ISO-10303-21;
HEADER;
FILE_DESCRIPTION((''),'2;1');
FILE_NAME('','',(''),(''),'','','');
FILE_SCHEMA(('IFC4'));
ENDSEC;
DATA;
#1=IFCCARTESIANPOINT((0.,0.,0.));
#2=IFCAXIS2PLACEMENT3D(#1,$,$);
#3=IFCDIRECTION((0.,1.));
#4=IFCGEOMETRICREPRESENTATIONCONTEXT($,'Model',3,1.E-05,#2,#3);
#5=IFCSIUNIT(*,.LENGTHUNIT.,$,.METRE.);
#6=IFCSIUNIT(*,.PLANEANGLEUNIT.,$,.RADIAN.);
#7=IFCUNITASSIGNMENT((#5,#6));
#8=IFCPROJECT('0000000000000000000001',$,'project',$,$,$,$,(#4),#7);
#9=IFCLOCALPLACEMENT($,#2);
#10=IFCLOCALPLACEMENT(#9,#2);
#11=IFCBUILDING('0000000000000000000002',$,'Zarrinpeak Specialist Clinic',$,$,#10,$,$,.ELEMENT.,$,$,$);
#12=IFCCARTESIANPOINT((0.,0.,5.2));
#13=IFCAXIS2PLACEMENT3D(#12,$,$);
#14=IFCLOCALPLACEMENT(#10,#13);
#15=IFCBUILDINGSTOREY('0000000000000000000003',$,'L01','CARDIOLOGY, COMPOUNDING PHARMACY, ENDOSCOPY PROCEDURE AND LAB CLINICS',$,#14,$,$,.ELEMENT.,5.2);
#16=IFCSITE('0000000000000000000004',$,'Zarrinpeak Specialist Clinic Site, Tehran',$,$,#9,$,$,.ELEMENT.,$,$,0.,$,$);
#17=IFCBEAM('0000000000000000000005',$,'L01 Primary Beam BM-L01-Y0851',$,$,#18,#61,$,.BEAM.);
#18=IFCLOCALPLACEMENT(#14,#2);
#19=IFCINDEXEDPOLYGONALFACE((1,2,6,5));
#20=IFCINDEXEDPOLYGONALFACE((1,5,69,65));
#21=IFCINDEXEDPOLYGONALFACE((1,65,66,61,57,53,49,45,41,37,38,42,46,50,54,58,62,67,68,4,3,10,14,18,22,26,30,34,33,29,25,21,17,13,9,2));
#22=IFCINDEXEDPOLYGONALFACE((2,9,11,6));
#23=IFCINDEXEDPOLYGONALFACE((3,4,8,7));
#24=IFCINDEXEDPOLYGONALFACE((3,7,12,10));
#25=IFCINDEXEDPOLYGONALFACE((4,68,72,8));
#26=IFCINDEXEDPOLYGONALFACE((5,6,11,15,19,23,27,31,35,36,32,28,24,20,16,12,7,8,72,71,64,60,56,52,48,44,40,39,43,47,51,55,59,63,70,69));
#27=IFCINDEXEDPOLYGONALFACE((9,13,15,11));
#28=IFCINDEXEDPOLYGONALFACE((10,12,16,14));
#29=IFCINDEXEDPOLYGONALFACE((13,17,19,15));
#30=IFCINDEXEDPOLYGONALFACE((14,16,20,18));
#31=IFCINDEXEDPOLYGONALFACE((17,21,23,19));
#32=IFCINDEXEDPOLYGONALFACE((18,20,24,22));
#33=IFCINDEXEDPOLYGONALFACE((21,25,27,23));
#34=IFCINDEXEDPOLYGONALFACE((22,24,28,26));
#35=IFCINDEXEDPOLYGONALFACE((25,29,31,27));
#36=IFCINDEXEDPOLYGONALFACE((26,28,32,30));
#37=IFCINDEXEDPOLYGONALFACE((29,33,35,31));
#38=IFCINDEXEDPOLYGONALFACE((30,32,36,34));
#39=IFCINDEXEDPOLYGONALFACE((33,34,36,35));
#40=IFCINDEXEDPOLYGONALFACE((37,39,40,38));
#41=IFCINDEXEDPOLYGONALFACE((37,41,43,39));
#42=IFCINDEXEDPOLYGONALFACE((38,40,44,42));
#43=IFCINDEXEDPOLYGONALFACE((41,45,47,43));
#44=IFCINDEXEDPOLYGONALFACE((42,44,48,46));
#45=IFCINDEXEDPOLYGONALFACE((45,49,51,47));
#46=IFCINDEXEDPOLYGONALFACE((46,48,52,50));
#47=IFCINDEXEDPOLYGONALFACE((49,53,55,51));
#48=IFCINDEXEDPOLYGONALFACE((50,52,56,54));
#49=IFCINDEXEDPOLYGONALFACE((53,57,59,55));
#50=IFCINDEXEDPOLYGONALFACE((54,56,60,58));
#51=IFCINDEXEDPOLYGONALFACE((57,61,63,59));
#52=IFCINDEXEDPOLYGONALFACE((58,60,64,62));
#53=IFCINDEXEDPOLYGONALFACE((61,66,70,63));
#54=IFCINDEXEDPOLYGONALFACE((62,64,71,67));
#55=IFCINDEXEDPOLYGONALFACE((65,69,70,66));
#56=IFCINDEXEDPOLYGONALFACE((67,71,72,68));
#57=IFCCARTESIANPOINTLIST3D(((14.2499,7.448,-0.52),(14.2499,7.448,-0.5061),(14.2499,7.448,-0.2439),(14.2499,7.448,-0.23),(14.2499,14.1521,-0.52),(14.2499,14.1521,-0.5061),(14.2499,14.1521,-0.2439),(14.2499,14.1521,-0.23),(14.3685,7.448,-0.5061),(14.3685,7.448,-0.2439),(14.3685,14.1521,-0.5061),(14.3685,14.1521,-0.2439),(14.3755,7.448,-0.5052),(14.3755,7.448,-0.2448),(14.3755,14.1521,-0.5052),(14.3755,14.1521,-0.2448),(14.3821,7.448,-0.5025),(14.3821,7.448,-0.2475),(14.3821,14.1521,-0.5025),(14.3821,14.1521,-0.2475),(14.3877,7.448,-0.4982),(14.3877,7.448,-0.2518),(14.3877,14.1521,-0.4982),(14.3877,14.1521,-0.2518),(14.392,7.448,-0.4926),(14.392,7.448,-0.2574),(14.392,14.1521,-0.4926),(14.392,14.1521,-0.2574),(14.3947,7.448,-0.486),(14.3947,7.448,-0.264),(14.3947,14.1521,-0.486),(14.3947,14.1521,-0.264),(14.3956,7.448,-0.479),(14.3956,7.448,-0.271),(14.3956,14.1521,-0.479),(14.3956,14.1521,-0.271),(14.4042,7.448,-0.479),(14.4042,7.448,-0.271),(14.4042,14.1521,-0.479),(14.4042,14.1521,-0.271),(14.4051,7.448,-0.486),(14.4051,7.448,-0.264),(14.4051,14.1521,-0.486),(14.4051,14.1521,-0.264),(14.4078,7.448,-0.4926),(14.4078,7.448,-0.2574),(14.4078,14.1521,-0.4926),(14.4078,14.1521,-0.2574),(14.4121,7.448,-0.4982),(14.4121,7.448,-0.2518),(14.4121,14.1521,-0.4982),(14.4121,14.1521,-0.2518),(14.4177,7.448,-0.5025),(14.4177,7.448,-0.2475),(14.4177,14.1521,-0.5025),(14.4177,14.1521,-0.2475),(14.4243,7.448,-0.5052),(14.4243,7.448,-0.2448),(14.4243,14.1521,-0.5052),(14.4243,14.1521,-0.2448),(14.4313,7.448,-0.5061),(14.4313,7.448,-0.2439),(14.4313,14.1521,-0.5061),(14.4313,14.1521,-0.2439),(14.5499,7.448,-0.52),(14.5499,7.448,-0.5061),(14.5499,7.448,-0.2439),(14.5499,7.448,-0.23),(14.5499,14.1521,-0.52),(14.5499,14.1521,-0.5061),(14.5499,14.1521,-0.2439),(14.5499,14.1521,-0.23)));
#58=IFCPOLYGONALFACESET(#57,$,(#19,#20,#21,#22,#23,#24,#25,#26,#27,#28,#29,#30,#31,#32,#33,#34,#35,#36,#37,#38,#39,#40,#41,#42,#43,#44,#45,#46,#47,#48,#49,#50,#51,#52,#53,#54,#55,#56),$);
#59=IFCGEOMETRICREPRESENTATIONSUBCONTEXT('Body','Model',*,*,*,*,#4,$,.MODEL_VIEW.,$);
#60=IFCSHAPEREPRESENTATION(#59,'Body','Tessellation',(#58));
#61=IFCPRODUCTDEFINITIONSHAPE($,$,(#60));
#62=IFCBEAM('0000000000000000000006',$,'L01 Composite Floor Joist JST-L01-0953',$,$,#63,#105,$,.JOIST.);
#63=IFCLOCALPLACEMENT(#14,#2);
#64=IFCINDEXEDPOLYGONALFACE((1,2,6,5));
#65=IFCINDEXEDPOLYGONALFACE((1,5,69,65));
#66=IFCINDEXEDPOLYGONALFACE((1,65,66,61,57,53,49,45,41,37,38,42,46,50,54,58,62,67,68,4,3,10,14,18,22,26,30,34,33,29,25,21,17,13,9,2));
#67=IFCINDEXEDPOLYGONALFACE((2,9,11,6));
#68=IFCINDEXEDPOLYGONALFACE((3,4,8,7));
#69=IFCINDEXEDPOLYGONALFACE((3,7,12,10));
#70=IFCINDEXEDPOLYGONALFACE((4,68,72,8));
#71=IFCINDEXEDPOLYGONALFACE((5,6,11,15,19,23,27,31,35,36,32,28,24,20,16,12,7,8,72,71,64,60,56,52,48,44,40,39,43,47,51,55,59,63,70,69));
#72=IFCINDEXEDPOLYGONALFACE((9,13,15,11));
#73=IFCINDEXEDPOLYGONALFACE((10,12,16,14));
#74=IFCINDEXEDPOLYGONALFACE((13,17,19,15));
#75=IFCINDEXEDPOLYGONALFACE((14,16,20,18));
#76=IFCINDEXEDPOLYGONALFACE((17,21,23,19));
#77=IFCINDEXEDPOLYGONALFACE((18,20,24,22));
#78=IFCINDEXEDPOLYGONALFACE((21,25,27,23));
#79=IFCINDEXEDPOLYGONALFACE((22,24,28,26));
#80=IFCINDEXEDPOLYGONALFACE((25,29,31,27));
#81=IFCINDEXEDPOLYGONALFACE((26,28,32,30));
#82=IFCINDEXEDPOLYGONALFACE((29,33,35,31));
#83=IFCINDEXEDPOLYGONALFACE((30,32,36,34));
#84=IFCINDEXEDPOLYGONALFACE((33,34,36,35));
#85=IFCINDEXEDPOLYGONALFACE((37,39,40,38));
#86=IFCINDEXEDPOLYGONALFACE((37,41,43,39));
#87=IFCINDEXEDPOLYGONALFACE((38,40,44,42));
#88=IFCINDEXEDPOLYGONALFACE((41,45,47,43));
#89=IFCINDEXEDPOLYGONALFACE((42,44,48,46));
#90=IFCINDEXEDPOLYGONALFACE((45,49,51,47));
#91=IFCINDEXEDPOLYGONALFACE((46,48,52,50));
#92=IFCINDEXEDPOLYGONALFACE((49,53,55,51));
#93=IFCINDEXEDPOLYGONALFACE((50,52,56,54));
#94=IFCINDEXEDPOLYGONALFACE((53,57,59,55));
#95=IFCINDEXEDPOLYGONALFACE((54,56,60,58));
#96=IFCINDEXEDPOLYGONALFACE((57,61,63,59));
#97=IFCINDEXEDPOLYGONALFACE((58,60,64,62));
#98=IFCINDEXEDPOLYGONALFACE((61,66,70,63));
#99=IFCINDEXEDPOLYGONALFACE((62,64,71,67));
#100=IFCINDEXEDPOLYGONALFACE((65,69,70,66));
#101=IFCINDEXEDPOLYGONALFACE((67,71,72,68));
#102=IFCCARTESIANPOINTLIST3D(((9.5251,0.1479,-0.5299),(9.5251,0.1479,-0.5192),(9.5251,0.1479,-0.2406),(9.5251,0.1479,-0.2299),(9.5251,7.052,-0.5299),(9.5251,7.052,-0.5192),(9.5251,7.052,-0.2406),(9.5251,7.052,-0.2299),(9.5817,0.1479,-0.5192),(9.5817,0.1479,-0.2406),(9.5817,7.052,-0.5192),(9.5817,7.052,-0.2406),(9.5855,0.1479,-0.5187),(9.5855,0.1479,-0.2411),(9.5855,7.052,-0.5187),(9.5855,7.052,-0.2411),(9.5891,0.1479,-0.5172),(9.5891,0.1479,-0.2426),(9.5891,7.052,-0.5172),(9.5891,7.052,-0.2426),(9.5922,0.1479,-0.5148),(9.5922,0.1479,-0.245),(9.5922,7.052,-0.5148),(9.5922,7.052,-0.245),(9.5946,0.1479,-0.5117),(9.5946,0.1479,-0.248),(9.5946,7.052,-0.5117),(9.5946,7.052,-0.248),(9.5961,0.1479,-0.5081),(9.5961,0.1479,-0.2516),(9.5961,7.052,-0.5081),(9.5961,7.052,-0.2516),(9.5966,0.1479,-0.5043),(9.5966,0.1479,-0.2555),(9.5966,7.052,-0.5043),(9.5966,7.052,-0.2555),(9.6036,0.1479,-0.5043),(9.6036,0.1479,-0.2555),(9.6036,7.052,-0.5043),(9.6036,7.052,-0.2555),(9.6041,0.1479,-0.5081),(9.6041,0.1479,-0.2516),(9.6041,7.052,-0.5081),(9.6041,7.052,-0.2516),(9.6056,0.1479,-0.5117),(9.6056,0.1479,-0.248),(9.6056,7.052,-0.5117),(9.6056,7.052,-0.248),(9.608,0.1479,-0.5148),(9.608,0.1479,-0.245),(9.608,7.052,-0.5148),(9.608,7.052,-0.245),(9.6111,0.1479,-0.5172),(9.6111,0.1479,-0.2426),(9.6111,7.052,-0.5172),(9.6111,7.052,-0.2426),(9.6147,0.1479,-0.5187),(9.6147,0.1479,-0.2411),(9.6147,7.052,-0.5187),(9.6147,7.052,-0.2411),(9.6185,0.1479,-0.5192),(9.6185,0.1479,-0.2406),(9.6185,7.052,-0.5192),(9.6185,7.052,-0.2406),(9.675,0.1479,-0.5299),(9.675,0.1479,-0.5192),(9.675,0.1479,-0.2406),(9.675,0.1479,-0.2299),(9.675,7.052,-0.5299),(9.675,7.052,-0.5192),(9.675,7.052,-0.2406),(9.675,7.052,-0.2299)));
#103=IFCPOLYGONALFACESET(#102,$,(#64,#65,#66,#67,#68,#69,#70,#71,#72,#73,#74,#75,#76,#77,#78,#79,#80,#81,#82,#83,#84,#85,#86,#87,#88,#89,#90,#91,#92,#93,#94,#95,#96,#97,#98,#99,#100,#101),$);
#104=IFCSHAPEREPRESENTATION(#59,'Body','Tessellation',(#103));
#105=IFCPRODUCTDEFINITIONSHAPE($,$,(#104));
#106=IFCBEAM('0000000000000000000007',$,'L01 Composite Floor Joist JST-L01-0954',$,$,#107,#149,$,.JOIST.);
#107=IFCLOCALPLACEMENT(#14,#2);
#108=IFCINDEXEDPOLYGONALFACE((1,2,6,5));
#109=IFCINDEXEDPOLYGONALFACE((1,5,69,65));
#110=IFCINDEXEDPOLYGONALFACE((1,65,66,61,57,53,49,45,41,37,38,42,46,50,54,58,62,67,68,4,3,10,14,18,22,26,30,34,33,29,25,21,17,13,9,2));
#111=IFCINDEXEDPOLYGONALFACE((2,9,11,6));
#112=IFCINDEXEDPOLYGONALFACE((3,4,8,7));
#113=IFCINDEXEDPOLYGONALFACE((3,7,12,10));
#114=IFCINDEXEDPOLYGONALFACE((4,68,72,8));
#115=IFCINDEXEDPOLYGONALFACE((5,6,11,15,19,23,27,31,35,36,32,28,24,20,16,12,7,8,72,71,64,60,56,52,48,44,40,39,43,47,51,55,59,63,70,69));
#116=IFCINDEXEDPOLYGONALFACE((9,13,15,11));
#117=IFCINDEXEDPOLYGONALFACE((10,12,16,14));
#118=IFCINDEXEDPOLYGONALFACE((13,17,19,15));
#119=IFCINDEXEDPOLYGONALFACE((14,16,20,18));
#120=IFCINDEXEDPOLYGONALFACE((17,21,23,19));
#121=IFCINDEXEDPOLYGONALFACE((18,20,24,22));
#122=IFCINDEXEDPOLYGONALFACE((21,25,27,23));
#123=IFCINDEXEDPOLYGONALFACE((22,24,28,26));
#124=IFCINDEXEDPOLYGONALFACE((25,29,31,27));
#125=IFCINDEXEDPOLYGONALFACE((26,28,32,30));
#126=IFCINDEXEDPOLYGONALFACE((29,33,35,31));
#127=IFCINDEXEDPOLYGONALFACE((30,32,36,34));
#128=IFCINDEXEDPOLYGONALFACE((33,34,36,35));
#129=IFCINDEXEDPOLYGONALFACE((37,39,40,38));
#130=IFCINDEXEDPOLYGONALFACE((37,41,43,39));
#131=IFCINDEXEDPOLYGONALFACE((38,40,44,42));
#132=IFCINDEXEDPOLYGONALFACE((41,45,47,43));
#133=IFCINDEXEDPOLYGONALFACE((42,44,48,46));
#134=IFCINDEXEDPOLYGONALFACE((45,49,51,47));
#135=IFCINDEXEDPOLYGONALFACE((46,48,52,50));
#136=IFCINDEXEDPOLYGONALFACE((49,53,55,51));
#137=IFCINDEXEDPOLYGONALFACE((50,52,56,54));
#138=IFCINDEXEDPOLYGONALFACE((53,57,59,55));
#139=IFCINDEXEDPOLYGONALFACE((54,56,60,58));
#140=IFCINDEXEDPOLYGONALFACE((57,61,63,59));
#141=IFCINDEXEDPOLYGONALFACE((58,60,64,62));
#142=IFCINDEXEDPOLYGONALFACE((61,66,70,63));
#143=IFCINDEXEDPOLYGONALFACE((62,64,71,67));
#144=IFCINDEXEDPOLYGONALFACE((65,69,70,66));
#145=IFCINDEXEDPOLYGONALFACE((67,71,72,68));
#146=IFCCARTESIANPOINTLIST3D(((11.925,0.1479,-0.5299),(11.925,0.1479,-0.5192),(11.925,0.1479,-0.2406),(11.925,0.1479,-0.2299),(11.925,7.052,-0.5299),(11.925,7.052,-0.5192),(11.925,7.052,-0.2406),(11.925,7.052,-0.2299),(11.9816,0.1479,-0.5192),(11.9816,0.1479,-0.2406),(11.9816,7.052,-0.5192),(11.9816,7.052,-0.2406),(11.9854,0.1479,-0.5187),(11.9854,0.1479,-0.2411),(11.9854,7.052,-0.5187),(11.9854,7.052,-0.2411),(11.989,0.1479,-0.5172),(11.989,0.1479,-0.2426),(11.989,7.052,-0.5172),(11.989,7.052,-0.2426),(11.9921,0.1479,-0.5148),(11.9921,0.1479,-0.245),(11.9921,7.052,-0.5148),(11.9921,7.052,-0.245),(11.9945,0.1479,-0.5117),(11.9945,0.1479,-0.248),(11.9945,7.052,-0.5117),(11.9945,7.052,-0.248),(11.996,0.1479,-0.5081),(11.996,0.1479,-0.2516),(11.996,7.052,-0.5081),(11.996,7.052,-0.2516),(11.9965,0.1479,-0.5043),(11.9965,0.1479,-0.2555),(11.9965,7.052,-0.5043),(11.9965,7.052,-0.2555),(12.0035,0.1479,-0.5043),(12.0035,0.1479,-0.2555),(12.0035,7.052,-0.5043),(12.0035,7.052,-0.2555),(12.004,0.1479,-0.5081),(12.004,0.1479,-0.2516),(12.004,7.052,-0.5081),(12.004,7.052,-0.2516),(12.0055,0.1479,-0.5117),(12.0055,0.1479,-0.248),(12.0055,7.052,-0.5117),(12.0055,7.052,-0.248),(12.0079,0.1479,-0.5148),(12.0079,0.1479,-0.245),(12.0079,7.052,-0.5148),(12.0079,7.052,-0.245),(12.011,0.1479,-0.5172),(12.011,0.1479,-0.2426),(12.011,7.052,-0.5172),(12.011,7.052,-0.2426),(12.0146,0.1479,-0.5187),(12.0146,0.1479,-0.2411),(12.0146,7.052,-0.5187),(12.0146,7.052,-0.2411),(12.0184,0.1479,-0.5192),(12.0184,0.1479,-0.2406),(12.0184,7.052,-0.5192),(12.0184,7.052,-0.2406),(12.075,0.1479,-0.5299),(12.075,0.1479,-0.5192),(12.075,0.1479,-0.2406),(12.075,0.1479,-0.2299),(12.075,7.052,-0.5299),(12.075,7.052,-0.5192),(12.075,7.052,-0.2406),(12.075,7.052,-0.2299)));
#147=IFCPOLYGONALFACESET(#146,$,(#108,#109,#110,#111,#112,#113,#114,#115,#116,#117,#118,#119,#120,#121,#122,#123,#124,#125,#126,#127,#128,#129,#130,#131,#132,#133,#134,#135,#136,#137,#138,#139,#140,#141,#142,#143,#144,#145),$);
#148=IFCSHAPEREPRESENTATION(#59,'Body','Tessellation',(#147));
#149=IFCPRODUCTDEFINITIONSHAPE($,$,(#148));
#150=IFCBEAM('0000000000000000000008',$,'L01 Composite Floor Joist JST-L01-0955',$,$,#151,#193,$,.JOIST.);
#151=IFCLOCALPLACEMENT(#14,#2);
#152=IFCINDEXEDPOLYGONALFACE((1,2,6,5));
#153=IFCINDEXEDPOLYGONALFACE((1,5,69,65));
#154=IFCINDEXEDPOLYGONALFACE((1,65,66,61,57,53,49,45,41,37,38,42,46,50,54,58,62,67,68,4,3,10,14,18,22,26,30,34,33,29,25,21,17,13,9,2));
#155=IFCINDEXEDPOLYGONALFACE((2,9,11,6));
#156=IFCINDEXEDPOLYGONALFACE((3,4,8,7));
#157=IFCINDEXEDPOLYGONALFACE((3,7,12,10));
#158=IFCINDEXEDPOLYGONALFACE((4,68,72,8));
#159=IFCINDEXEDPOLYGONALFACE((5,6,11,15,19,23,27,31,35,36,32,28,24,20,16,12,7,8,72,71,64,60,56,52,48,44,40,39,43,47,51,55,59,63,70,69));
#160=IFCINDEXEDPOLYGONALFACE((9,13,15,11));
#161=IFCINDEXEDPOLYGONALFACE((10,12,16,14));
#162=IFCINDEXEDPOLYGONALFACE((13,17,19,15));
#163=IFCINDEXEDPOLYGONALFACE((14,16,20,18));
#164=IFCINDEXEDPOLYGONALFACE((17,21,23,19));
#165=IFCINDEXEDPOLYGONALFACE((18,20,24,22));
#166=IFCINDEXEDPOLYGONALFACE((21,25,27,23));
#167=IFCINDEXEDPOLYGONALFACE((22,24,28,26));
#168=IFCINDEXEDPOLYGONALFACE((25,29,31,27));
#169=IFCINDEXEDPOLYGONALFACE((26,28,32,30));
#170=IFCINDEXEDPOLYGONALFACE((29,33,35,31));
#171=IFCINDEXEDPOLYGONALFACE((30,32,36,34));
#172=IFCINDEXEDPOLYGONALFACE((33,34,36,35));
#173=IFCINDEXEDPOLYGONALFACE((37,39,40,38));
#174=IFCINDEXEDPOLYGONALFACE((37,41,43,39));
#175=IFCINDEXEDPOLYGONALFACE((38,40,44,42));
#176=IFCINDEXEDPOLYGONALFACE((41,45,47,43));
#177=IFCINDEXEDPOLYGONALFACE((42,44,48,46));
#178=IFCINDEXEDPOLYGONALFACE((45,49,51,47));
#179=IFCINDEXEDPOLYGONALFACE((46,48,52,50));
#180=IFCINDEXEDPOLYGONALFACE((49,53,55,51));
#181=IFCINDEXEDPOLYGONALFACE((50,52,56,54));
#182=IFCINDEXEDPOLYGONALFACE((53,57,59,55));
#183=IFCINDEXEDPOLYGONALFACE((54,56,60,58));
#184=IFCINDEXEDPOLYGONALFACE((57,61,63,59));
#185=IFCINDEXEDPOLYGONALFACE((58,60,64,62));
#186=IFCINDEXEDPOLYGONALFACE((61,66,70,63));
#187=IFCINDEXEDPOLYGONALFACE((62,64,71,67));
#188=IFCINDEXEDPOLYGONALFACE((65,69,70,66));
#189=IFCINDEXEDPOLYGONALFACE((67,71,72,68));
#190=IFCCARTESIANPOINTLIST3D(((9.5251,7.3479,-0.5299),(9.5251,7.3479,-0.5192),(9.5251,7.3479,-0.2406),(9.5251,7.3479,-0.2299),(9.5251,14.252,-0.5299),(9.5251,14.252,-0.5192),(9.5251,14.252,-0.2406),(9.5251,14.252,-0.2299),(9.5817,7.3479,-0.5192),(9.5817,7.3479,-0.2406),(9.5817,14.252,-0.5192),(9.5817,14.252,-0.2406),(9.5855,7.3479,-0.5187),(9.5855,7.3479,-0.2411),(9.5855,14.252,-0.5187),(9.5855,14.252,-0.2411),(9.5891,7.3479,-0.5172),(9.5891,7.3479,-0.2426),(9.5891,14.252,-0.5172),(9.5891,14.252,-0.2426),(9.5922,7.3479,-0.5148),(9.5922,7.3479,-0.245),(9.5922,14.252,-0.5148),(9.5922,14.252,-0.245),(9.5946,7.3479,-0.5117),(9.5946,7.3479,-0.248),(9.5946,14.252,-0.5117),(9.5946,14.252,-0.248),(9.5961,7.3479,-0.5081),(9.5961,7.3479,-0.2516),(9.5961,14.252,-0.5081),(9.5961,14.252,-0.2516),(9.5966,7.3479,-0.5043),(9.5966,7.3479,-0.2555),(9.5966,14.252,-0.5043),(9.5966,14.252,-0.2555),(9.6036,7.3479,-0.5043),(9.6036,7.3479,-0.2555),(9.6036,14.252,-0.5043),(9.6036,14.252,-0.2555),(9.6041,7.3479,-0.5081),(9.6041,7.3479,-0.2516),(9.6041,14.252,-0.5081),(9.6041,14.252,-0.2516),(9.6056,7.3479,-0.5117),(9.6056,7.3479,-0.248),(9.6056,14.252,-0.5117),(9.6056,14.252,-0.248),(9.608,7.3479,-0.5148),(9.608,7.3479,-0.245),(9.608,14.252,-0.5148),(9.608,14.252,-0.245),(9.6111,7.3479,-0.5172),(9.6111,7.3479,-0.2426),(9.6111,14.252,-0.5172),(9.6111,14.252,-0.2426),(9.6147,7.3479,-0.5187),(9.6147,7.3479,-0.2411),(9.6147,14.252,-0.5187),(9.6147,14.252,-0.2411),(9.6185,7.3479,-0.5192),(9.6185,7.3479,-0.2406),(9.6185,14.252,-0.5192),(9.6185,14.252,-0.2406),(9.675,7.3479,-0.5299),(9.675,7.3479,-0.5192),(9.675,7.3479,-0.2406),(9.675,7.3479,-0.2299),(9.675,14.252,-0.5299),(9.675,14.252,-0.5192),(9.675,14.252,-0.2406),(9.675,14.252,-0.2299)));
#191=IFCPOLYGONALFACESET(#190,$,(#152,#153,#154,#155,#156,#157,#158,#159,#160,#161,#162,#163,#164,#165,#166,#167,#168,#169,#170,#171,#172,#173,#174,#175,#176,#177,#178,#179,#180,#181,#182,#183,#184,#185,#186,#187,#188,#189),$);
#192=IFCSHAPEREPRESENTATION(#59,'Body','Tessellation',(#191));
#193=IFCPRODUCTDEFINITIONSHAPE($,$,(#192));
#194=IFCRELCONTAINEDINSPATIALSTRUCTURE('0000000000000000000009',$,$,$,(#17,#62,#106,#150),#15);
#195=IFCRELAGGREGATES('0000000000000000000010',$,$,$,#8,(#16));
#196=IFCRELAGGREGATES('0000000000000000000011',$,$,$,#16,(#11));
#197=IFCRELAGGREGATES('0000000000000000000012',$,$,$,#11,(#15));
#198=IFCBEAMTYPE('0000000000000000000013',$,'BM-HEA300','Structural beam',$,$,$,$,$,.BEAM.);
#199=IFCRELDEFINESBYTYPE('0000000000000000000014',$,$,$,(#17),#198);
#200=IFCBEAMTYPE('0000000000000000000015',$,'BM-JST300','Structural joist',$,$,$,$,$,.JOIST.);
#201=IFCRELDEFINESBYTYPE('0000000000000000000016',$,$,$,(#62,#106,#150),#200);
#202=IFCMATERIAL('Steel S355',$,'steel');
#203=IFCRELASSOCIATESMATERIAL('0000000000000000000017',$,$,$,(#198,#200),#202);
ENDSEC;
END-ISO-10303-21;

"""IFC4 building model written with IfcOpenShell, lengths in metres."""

from ifc_helpers import new_model, si_unit, direction, frame, origin, origin_2d, place, context, subcontext, project, spatial, i_section, extrude, material, material_profile, profile_set, type_object, element, save


model = new_model("IFC4")

# Units and contexts
model_context = context("Model", 3, precision=1e-05, world=origin(), true_north=direction((0.0, 1.0)))
body_context = subcontext(model_context, "Body", "Model", "MODEL_VIEW")
ifc_project = project(units=[si_unit("LENGTHUNIT", "METRE"), si_unit("PLANEANGLEUNIT", "RADIAN")], contexts=[model_context])

# Site, building, storey
site_placement = place(None, origin())
site = spatial("IfcSite", under=ifc_project, at=site_placement, Name="Zarrinpeak Specialist Clinic Site, Tehran", CompositionType="ELEMENT", RefElevation=0.0)
building_placement = place(site_placement, origin())
building = spatial("IfcBuilding", under=site, at=building_placement, Name="Zarrinpeak Specialist Clinic", CompositionType="ELEMENT")
storey_placement = place(building_placement, frame((0.0, 0.0, 5.2)))
storey = spatial("IfcBuildingStorey", under=building, at=storey_placement, Name="L01", Description="CARDIOLOGY, COMPOUNDING PHARMACY, ENDOSCOPY PROCEDURE AND LAB CLINICS", CompositionType="ELEMENT", Elevation=5.2)

# Shared definitions
ifc_material_1 = material(Name="Steel S355", Category="steel")

# Beams
ifc_material_profile_1 = material_profile(ifc_material_1, i_section(OverallWidth=0.3, OverallDepth=0.29, WebThickness=0.0085, FlangeThickness=0.0139, FilletRadius=0.0271, at=origin_2d()), Name="HEA 300")
ifc_profile_set_1 = profile_set([ifc_material_profile_1], Name="Steel S355")
beam_type_1 = type_object("IfcBeamType", Name="BM-HEA300", Description="Structural beam", PredefinedType="BEAM", material=ifc_profile_set_1)
beam_1_placement = place(storey_placement, frame((14.3999, 7.448, -0.375), z_axis=(0.0, 1.0, 0.0), x_axis=(-1.0, 0.0, 0.0)))
element("IfcBeam", 1, at=beam_1_placement, inside=storey, type_object=beam_type_1, Name="L01 Primary Beam BM-L01-Y0851", PredefinedType="BEAM", context=body_context, shape_type="SweptSolid", body=[
    extrude(i_section(OverallWidth=0.3, OverallDepth=0.29, WebThickness=0.0085, FlangeThickness=0.0139, FilletRadius=0.0271, at=origin_2d()), origin(), (0.0, 0.0, 1.0), 6.7041),
])
ifc_material_profile_2 = material_profile(ifc_material_1, i_section(OverallWidth=0.1499, OverallDepth=0.3, WebThickness=0.0071, FlangeThickness=0.0107, FilletRadius=0.0149, at=origin_2d()), Name="IPE 300")
ifc_profile_set_2 = profile_set([ifc_material_profile_2], Name="Steel S355")
beam_type_2 = type_object("IfcBeamType", Name="BM-JST300", Description="Structural joist", PredefinedType="JOIST", material=ifc_profile_set_2)
for number, where, z_axis, x_axis, name in (
    (2, (9.6001, 0.1479, -0.3799), (0.0, 1.0, 0.0), (-1.0, 0.0, 0.0), "L01 Composite Floor Joist JST-L01-0953"),
    (3, (12.0, 0.1479, -0.3799), (0.0, 1.0, 0.0), (-1.0, 0.0, 0.0), "L01 Composite Floor Joist JST-L01-0954"),
    (4, (9.6001, 7.3479, -0.3799), (0.0, 1.0, 0.0), (-1.0, 0.0, 0.0), "L01 Composite Floor Joist JST-L01-0955"),
):
    element("IfcBeam", number, at=place(storey_placement, frame(where, z_axis=z_axis, x_axis=x_axis)), inside=storey, type_object=beam_type_2, Name=name, PredefinedType="JOIST", context=body_context, shape_type="SweptSolid", body=[
        extrude(i_section(OverallWidth=0.1499, OverallDepth=0.3, WebThickness=0.0071, FlangeThickness=0.0107, FilletRadius=0.0149, at=origin_2d()), origin(), (0.0, 0.0, 1.0), 6.9041),
    ])

save(model, "model.ifc")
